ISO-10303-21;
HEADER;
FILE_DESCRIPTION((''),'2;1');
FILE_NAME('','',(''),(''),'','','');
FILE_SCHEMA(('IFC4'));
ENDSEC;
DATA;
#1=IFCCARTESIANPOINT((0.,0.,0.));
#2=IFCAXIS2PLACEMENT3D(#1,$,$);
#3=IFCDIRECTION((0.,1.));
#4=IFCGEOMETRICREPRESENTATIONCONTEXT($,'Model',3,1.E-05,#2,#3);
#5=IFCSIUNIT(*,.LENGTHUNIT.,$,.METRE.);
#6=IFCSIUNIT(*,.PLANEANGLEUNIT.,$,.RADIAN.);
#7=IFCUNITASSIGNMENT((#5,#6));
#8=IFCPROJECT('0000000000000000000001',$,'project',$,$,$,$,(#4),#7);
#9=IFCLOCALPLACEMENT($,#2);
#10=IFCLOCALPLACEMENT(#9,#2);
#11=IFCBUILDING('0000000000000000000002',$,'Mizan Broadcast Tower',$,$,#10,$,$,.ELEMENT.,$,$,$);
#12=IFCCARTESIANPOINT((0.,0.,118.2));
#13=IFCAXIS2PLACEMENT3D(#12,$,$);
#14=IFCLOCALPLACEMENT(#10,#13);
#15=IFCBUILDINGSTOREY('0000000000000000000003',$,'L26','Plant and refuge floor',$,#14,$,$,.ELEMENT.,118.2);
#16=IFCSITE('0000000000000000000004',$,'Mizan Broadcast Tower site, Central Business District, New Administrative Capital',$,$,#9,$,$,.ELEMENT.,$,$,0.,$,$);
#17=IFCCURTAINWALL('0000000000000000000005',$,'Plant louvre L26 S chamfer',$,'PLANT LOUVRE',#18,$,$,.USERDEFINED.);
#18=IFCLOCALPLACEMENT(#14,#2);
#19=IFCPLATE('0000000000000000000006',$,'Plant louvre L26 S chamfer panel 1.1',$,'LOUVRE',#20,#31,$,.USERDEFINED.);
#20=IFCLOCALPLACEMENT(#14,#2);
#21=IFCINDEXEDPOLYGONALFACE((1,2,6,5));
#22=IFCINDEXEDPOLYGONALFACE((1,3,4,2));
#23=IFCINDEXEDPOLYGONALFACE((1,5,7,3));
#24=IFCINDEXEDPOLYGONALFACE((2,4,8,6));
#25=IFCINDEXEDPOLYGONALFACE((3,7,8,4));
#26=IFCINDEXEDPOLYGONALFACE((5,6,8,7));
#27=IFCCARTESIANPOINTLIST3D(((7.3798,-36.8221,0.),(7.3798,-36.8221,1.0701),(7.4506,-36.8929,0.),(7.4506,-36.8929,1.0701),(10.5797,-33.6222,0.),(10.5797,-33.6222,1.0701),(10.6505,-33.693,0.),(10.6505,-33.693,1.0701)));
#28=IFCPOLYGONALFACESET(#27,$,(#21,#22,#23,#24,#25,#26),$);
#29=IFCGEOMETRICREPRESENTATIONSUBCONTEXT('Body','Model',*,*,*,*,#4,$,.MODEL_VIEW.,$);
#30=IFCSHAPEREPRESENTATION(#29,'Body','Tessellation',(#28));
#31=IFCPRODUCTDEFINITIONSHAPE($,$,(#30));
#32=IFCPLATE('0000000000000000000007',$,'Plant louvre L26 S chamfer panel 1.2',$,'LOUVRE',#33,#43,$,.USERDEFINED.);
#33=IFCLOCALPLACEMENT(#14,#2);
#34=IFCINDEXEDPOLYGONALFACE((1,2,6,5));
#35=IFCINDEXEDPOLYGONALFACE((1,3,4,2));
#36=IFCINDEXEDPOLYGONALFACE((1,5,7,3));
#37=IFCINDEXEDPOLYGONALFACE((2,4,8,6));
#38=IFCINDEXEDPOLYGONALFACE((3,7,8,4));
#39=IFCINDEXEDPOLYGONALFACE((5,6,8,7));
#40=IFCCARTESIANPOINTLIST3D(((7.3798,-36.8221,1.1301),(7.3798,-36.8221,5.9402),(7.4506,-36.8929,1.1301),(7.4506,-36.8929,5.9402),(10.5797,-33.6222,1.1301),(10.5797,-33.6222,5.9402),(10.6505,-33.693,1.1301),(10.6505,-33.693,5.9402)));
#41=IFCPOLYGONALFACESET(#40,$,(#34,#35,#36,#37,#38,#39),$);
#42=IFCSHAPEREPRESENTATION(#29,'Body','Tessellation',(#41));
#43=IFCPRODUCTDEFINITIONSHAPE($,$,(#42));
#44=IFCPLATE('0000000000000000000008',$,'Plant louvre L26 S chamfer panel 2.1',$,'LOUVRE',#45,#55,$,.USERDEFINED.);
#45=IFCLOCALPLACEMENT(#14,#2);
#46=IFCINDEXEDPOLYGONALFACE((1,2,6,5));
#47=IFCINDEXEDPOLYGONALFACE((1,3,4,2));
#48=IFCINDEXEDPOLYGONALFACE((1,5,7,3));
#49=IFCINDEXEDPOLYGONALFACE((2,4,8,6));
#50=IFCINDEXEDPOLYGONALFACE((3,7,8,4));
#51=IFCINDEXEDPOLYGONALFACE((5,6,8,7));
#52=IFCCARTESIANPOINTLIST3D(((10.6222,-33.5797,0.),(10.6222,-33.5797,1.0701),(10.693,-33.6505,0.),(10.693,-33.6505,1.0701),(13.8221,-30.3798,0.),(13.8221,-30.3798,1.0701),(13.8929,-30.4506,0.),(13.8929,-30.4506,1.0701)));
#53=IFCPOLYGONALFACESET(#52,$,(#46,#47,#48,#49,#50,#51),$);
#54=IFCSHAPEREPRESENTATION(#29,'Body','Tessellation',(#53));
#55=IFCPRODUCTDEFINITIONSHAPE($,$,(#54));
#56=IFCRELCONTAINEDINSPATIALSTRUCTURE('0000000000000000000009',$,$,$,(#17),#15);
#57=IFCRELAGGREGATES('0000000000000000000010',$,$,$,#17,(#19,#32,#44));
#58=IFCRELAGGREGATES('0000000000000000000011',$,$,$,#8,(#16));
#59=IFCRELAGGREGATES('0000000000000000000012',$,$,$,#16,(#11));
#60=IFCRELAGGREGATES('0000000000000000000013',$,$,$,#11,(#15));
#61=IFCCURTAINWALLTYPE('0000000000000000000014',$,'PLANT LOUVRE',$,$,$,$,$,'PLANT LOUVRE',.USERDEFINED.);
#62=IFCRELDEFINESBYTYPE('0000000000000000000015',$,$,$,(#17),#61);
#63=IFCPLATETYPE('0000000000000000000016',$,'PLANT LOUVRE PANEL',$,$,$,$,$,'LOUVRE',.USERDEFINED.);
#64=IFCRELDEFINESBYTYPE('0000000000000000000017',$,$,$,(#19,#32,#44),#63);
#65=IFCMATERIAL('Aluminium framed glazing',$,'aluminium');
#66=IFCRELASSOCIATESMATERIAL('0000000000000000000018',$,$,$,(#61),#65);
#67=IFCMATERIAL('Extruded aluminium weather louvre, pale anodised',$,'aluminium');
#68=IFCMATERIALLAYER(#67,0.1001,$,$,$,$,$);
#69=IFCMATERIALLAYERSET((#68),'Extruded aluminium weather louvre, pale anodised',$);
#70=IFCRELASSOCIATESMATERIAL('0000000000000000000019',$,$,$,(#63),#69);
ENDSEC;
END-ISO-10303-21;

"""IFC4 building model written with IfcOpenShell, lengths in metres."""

from ifc_helpers import new_model, si_unit, direction, frame, origin, origin_2d, place, context, subcontext, project, spatial, rectangle, extrude, material, layer, layer_set, type_object, element, aggregate, save


model = new_model("IFC4")

# Units and contexts
model_context = context("Model", 3, precision=1e-05, world=origin(), true_north=direction((0.0, 1.0)))
body_context = subcontext(model_context, "Body", "Model", "MODEL_VIEW")
ifc_project = project(units=[si_unit("LENGTHUNIT", "METRE"), si_unit("PLANEANGLEUNIT", "RADIAN")], contexts=[model_context])

# Site, building, storey
site_placement = place(None, origin())
site = spatial("IfcSite", under=ifc_project, at=site_placement, Name="Mizan Broadcast Tower site, Central Business District, New Administrative Capital", CompositionType="ELEMENT", RefElevation=0.0)
building_placement = place(site_placement, origin())
building = spatial("IfcBuilding", under=site, at=building_placement, Name="Mizan Broadcast Tower", CompositionType="ELEMENT")
storey_placement = place(building_placement, frame((0.0, 0.0, 118.2)))
storey = spatial("IfcBuildingStorey", under=building, at=storey_placement, Name="L26", Description="Plant and refuge floor", CompositionType="ELEMENT", Elevation=118.2)

# Shared definitions
ifc_material_1 = material(Name="Aluminium framed glazing", Category="aluminium")
curtain_wall_type = type_object("IfcCurtainWallType", Name="PLANT LOUVRE", ElementType="PLANT LOUVRE", PredefinedType="USERDEFINED", material=ifc_material_1)

# Curtain wall
curtain_wall_1_placement = place(storey_placement, origin())
curtain_wall_1 = element("IfcCurtainWall", 1, at=curtain_wall_1_placement, inside=storey, type_object=curtain_wall_type, Name="Plant louvre L26 S chamfer", ObjectType="PLANT LOUVRE", PredefinedType="USERDEFINED")

# Plates
ifc_material_2 = material(Name="Extruded aluminium weather louvre, pale anodised", Category="aluminium")
ifc_layer = layer(ifc_material_2, 0.1001)
ifc_layer_set = layer_set([ifc_layer], Name="Extruded aluminium weather louvre, pale anodised")
plate_type = type_object("IfcPlateType", Name="PLANT LOUVRE PANEL", ElementType="LOUVRE", PredefinedType="USERDEFINED", material=ifc_layer_set)
plate_1_placement = place(storey_placement, frame((9.0151, -35.2576, 0.0), z_axis=(0.0, 0.0, 1.0), x_axis=(0.707107, 0.707107, 0.0)))
plate_1 = element("IfcPlate", 2, at=plate_1_placement, type_object=plate_type, Name="Plant louvre L26 S chamfer panel 1.1", ObjectType="LOUVRE", PredefinedType="USERDEFINED", context=body_context, shape_type="SweptSolid", body=[
    extrude(rectangle(XDim=4.5254, YDim=0.1001, at=origin_2d()), origin(), (0.0, 0.0, 1.0), 1.0701),
])
plate_2_placement = place(storey_placement, frame((9.0151, -35.2576, 1.1301), z_axis=(0.0, 0.0, 1.0), x_axis=(0.707107, 0.707107, 0.0)))
plate_2 = element("IfcPlate", 3, at=plate_2_placement, type_object=plate_type, Name="Plant louvre L26 S chamfer panel 1.2", ObjectType="LOUVRE", PredefinedType="USERDEFINED", context=body_context, shape_type="SweptSolid", body=[
    extrude(rectangle(XDim=4.5254, YDim=0.1001, at=origin_2d()), origin(), (0.0, 0.0, 1.0), 4.8101),
])
plate_3_placement = place(storey_placement, frame((12.2576, -32.0151, 0.0), z_axis=(0.0, 0.0, 1.0), x_axis=(0.707107, 0.707107, 0.0)))
plate_3 = element("IfcPlate", 4, at=plate_3_placement, type_object=plate_type, Name="Plant louvre L26 S chamfer panel 2.1", ObjectType="LOUVRE", PredefinedType="USERDEFINED", context=body_context, shape_type="SweptSolid", body=[
    extrude(rectangle(XDim=4.5254, YDim=0.1001, at=origin_2d()), origin(), (0.0, 0.0, 1.0), 1.0701),
])
aggregate(curtain_wall_1, [plate_1, plate_2, plate_3])

save(model, "model.ifc")
